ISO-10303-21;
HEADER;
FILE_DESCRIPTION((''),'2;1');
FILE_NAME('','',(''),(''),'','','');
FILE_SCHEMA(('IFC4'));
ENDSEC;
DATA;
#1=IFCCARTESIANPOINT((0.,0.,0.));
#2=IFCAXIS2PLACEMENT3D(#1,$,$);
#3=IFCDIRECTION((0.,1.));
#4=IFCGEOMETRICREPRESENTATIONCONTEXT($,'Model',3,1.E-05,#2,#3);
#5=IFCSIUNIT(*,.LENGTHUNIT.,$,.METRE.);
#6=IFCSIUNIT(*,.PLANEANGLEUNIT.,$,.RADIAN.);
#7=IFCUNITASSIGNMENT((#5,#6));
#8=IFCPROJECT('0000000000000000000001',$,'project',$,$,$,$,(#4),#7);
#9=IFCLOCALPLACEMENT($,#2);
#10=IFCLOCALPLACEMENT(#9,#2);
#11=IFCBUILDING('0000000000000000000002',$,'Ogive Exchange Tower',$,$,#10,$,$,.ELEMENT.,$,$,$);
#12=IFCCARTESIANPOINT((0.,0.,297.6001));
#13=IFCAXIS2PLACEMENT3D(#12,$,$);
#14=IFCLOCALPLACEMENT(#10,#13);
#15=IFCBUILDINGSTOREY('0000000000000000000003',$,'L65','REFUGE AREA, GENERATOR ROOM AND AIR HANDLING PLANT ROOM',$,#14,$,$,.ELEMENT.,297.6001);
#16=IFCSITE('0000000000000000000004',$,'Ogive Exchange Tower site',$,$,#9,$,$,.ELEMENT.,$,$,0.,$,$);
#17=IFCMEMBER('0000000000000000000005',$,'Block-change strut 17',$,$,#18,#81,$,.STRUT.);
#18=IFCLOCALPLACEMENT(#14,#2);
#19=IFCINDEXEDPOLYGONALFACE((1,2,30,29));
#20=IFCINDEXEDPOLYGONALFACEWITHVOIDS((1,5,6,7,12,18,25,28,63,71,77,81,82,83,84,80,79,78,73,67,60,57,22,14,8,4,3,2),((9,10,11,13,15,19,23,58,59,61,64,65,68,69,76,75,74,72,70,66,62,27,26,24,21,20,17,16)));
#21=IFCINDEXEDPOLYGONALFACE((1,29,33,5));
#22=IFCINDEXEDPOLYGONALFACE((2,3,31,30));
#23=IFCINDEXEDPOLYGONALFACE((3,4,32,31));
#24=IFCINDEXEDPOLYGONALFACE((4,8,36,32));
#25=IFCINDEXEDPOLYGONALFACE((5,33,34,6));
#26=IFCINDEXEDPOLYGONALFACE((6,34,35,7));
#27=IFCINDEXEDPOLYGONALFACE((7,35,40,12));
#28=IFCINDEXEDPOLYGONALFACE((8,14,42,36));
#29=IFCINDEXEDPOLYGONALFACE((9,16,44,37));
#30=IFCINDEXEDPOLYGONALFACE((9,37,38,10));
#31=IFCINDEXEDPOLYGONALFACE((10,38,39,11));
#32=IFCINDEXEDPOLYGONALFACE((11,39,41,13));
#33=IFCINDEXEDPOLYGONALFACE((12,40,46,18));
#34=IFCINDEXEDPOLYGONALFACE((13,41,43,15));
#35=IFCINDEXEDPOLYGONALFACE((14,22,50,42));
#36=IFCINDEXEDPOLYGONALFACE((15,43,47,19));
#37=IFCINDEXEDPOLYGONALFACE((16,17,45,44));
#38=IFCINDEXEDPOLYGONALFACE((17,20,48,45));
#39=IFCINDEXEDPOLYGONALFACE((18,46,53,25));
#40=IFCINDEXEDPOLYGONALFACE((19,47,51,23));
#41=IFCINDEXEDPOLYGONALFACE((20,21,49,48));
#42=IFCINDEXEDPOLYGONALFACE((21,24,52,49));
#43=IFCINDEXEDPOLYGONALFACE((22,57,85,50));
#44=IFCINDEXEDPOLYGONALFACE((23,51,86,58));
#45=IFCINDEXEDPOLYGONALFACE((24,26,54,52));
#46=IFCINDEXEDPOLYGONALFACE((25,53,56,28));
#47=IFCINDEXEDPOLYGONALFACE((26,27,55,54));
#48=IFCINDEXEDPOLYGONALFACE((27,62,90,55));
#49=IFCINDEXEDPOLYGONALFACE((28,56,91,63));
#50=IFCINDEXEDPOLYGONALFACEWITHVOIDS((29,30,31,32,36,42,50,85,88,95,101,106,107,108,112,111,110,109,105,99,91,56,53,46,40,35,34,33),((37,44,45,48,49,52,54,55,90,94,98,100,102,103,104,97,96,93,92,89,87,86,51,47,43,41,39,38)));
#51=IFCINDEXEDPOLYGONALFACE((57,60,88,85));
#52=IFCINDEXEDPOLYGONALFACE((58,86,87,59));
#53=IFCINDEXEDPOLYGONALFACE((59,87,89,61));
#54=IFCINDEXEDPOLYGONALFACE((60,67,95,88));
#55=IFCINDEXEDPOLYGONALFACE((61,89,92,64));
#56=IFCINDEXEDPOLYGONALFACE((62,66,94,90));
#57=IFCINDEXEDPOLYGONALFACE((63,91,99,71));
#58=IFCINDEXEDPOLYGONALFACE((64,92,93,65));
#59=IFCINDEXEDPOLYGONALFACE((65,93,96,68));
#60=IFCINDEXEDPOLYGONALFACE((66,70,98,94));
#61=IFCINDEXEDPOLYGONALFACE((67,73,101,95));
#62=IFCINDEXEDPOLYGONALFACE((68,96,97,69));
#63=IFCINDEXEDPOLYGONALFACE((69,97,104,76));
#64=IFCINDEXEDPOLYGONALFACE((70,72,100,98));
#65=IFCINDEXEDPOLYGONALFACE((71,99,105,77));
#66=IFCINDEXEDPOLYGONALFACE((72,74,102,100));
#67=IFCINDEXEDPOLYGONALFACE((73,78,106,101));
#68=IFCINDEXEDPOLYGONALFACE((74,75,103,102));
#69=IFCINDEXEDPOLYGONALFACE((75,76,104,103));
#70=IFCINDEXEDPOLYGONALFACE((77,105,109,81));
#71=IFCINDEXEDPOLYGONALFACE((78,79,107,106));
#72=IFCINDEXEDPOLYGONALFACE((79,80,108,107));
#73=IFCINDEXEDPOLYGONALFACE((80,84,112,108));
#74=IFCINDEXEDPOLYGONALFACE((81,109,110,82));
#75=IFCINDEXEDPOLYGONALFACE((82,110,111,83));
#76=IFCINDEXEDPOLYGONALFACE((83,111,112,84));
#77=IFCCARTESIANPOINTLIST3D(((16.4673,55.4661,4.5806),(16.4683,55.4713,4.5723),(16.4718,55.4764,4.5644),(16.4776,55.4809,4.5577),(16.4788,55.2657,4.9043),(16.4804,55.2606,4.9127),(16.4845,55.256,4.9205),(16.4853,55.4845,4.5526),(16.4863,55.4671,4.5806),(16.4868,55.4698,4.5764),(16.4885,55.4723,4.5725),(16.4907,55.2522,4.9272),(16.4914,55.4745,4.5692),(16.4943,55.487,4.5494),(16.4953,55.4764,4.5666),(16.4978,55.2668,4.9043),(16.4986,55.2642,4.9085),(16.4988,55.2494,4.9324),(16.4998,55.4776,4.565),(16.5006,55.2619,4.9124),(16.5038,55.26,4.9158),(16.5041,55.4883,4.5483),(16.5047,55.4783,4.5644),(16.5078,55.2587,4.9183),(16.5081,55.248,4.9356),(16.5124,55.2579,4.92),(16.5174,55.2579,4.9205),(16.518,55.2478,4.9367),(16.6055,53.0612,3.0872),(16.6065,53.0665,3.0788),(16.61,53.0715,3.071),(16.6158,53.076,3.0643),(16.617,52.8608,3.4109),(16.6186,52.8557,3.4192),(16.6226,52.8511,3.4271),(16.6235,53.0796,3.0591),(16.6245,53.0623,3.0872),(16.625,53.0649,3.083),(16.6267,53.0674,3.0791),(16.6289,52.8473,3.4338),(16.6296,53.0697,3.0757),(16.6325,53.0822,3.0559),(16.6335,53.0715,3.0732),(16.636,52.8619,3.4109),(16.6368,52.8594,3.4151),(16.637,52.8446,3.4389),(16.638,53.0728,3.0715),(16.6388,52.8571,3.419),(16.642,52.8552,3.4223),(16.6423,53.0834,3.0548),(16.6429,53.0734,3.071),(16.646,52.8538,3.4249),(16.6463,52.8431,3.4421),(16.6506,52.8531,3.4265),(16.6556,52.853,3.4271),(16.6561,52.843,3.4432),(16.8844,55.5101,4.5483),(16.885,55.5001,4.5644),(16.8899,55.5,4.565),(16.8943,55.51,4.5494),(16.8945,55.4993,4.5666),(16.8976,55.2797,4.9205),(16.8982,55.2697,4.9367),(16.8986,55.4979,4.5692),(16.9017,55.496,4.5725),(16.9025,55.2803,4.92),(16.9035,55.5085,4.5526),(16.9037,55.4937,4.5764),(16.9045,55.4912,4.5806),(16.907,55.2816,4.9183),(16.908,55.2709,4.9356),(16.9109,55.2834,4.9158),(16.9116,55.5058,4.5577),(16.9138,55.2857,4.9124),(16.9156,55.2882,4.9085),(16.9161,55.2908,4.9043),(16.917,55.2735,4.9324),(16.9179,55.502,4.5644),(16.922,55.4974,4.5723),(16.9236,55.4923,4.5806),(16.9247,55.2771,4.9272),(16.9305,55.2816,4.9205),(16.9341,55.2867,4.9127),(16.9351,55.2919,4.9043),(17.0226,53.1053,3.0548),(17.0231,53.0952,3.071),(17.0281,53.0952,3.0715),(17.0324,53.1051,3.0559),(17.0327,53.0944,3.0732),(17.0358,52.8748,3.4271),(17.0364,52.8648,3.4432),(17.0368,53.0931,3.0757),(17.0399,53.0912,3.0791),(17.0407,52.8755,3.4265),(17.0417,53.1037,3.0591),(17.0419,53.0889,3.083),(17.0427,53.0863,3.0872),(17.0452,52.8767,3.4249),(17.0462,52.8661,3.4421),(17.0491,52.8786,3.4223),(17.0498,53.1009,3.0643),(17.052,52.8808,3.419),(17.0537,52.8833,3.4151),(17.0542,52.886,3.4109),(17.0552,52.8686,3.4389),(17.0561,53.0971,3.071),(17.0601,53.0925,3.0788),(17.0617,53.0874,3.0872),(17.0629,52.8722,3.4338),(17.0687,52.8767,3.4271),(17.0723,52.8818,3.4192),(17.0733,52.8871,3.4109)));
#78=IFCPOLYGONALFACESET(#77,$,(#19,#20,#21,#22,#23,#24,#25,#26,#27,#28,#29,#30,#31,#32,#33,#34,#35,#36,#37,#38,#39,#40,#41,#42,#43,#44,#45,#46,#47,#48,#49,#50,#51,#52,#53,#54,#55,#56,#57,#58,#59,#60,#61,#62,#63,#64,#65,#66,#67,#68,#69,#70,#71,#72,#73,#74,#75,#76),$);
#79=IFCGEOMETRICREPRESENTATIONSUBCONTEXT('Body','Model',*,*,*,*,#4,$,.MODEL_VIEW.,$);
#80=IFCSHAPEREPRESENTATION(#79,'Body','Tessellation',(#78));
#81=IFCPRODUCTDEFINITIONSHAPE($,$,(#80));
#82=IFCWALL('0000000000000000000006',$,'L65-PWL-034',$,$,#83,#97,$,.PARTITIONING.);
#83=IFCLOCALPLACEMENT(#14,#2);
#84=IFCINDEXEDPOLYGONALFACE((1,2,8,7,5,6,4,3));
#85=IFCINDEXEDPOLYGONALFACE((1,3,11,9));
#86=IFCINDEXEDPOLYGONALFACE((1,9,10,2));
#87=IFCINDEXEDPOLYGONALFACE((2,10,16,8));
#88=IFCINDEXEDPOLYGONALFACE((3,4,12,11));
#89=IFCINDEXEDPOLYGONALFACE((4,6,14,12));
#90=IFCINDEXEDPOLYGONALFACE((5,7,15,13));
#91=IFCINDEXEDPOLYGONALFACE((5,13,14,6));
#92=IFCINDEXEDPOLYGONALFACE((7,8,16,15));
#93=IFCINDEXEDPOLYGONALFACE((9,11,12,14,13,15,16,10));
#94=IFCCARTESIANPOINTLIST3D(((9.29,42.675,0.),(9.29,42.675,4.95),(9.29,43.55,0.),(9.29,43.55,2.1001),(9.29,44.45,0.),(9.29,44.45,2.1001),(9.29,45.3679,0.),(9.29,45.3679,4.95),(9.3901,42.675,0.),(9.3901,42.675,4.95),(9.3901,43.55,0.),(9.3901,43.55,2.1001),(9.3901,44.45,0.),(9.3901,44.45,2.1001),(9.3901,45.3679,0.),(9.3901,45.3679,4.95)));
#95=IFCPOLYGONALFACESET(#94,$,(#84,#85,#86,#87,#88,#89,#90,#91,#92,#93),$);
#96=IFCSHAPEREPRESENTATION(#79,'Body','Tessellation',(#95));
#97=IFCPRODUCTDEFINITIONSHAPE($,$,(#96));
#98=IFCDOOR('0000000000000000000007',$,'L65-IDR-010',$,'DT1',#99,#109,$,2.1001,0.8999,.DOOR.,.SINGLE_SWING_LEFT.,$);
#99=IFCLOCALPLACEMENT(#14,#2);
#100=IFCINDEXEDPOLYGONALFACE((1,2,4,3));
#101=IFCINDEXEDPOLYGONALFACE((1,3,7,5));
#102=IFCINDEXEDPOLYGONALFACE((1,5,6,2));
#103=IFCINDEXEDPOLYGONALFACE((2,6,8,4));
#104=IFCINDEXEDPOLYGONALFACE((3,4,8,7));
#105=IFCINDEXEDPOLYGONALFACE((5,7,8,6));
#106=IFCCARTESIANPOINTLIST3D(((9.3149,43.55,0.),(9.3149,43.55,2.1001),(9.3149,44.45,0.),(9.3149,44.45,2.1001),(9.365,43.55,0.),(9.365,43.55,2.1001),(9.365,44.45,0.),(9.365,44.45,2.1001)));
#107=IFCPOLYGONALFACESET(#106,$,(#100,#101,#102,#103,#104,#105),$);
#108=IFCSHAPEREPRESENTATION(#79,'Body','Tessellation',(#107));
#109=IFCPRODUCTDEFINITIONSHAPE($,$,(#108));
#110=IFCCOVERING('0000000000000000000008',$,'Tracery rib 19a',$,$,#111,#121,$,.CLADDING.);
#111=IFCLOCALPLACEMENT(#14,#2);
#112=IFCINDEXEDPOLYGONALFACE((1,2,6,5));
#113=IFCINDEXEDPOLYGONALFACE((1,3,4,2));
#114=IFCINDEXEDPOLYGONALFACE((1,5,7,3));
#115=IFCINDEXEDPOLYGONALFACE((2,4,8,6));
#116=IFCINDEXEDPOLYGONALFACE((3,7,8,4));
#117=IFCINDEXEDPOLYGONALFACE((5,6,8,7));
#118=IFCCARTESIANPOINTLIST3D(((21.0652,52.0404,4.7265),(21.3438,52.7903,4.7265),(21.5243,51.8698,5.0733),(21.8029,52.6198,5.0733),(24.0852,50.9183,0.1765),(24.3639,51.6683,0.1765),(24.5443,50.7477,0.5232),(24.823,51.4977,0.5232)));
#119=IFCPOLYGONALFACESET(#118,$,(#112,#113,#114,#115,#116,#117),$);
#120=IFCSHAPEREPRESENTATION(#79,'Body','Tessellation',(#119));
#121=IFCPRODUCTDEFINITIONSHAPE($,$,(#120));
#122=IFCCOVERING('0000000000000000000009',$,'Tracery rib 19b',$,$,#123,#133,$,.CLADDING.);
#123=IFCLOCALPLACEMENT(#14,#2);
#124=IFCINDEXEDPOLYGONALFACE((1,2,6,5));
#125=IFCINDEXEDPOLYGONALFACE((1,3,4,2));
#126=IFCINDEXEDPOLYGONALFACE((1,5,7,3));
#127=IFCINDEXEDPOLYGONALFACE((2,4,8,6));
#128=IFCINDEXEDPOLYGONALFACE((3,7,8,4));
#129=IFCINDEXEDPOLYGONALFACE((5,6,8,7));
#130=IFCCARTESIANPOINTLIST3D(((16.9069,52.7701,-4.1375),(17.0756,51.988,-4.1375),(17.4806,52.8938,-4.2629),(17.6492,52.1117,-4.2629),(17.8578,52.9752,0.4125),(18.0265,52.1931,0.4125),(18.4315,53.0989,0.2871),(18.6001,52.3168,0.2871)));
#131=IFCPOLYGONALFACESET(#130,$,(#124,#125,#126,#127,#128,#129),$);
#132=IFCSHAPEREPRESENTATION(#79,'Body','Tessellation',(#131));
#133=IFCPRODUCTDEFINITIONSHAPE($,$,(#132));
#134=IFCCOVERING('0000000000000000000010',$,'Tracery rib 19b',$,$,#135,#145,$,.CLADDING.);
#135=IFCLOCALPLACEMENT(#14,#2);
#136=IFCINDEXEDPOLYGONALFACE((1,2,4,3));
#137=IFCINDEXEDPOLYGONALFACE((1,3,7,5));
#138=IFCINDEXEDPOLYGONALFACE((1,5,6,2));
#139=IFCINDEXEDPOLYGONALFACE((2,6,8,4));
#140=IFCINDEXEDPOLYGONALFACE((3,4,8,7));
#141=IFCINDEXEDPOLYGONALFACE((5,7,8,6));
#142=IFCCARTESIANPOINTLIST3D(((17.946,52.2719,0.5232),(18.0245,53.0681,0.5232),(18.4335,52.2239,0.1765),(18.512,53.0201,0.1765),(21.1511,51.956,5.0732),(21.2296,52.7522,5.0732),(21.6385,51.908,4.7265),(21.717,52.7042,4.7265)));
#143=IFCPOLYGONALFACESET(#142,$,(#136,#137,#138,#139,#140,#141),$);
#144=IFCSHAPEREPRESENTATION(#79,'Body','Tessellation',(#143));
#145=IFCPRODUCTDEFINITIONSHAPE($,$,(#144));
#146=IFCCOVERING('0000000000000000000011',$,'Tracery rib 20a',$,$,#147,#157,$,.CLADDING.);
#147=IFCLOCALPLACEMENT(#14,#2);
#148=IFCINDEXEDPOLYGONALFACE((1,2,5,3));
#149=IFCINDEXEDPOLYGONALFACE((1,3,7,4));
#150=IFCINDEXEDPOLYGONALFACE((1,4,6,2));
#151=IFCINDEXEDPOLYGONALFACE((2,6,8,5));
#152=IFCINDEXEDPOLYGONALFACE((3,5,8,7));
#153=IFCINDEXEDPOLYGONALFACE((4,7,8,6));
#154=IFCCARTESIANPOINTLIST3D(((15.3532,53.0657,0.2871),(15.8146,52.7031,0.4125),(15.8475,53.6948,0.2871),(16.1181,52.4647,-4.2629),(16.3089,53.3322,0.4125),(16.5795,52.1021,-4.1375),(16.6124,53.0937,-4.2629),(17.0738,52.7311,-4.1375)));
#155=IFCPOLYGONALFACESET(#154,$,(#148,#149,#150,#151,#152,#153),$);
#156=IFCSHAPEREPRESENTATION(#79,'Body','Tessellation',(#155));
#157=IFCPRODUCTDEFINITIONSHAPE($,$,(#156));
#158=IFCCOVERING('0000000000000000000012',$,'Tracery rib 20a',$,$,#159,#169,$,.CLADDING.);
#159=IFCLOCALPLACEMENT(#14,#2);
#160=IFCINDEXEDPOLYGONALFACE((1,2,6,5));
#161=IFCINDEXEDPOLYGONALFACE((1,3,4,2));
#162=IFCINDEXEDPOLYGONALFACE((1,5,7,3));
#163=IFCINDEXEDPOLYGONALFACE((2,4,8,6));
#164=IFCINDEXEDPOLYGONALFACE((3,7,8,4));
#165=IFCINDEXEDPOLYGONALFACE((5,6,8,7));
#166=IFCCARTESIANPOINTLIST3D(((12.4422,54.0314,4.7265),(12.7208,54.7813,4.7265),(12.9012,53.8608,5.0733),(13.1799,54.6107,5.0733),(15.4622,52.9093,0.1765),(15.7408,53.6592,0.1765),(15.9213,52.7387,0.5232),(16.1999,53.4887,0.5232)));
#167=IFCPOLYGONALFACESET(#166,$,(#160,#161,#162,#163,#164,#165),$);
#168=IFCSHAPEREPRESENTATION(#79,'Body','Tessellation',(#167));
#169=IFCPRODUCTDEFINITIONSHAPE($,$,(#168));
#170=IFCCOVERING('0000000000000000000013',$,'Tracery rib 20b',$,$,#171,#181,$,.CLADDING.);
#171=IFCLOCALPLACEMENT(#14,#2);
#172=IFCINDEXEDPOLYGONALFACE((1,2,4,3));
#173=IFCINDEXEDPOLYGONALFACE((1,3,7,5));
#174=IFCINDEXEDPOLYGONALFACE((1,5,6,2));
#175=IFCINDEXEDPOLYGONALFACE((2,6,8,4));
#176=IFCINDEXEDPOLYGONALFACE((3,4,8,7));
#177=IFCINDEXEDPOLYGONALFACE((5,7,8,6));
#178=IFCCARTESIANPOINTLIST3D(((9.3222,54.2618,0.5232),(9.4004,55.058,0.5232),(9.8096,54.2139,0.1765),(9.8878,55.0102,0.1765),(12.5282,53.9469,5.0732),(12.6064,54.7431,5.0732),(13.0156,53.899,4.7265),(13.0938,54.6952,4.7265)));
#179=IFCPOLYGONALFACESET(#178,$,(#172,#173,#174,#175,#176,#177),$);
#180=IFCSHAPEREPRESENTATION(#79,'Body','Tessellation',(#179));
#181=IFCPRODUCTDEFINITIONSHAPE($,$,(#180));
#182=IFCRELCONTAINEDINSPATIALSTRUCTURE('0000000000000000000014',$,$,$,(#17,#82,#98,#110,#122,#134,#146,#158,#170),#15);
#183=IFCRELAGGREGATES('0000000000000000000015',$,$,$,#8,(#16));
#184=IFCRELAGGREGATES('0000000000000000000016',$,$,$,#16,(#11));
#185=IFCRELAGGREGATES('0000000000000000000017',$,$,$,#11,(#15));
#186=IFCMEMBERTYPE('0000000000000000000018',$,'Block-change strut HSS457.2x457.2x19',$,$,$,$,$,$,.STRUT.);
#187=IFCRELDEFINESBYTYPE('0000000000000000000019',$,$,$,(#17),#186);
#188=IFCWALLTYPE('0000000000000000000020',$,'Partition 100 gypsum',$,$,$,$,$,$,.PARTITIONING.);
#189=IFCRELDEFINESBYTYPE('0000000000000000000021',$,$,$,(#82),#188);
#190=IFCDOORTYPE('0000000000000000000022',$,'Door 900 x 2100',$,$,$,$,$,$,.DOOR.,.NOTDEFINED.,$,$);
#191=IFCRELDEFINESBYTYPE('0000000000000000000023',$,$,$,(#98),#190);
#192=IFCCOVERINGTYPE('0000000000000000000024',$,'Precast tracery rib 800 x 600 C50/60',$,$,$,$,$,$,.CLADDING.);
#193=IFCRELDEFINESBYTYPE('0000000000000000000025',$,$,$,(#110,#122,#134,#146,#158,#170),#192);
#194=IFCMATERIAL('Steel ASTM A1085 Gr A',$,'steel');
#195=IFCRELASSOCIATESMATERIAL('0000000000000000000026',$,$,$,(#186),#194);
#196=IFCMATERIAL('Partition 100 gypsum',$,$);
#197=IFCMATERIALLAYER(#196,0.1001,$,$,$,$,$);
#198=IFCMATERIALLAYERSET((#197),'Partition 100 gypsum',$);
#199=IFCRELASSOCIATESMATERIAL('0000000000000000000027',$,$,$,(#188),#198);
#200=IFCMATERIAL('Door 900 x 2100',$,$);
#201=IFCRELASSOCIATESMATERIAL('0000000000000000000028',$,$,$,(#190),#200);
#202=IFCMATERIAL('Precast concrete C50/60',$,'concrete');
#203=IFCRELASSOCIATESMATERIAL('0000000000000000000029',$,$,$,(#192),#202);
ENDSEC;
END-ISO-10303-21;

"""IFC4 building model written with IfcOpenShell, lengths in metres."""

from ifc_helpers import new_model, si_unit, direction, frame, frame_2d, origin, origin_2d, place, context, subcontext, project, spatial, rectangle, hollow_rectangle, extrude, material, layer, layer_set, material_profile, profile_set, type_object, element, fill, save


model = new_model("IFC4")

# Units and contexts
model_context = context("Model", 3, precision=1e-05, world=origin(), true_north=direction((0.0, 1.0)))
body_context = subcontext(model_context, "Body", "Model", "MODEL_VIEW")
ifc_project = project(units=[si_unit("LENGTHUNIT", "METRE"), si_unit("PLANEANGLEUNIT", "RADIAN")], contexts=[model_context])

# Site, building, storey
site_placement = place(None, origin())
site = spatial("IfcSite", under=ifc_project, at=site_placement, Name="Ogive Exchange Tower site", CompositionType="ELEMENT", RefElevation=0.0)
building_placement = place(site_placement, origin())
building = spatial("IfcBuilding", under=site, at=building_placement, Name="Ogive Exchange Tower", CompositionType="ELEMENT")
storey_placement = place(building_placement, frame((0.0, 0.0, 297.6001)))
storey = spatial("IfcBuildingStorey", under=building, at=storey_placement, Name="L65", Description="REFUGE AREA, GENERATOR ROOM AND AIR HANDLING PLANT ROOM", CompositionType="ELEMENT", Elevation=297.6001)

# Shared definitions
ifc_material_1 = material(Name="Steel ASTM A1085 Gr A", Category="steel")

# Member
ifc_material_profile_1 = material_profile(ifc_material_1, hollow_rectangle(XDim=0.457, YDim=0.457, WallThickness=0.019, InnerFilletRadius=0.019, OuterFilletRadius=0.0381, at=origin_2d()), Name="HSS457.2x457.2x19")
ifc_profile_set_1 = profile_set([ifc_material_profile_1], Name="Steel ASTM A1085 Gr A")
member_type_1 = type_object("IfcMemberType", Name="Block-change strut HSS457.2x457.2x19", PredefinedType="STRUT", material=ifc_profile_set_1)
member_1_placement = place(storey_placement, frame((16.8394, 52.9741, 3.249), z_axis=(-0.048757, 0.848506, 0.526935), x_axis=(-0.998353, -0.057367, 0.0)))
element("IfcMember", 1, at=member_1_placement, inside=storey, type_object=member_type_1, Name="Block-change strut 17", PredefinedType="STRUT", context=body_context, shape_type="SweptSolid", body=[
    extrude(hollow_rectangle(XDim=0.457, YDim=0.457, WallThickness=0.019, InnerFilletRadius=0.019, OuterFilletRadius=0.0381, at=origin_2d()), origin(), (0.0, 0.0, 1.0), 2.8342),
])

# Wall, opening, door
ifc_material_2 = material(Name="Partition 100 gypsum")
ifc_layer = layer(ifc_material_2, 0.1001)
ifc_layer_set = layer_set([ifc_layer], Name="Partition 100 gypsum")
wall_type = type_object("IfcWallType", Name="Partition 100 gypsum", PredefinedType="PARTITIONING", material=ifc_layer_set)
wall_placement = place(storey_placement, frame((9.3401, 45.3679, 0.0), z_axis=(0.0, 0.0, 1.0), x_axis=(0.0, -1.0, 0.0)))
wall = element("IfcWall", 2, at=wall_placement, inside=storey, type_object=wall_type, Name="L65-PWL-034", PredefinedType="PARTITIONING", context=body_context, shape_type="SweptSolid", body=[
    extrude(rectangle(XDim=2.6929, YDim=0.1001, at=frame_2d((1.3464, 0.0))), origin(), (0.0, 0.0, 1.0), 4.95),
])
opening_placement = place(wall_placement, frame((0.918, 0.0, 0.0)))
opening = element("IfcOpeningElement", 3, at=opening_placement, cuts=wall, PredefinedType="OPENING", context=body_context, shape_type="SweptSolid", body=[
    extrude(rectangle(XDim=0.8999, YDim=2.1001, at=frame_2d((0.45, 1.05))), frame((0.0, 0.0601, 0.0), z_axis=(0.0, -1.0, 0.0), x_axis=(1.0, 0.0, 0.0)), (0.0, 0.0, 1.0), 0.1201),
])
ifc_material_3 = material(Name="Door 900 x 2100")
door_type = type_object("IfcDoorType", Name="Door 900 x 2100", OperationType="NOTDEFINED", PredefinedType="DOOR", material=ifc_material_3)
door_placement = place(opening_placement, origin())
door = element("IfcDoor", 4, at=door_placement, inside=storey, type_object=door_type, Name="L65-IDR-010", ObjectType="DT1", OperationType="SINGLE_SWING_LEFT", OverallHeight=2.1001, OverallWidth=0.8999, PredefinedType="DOOR", context=body_context, shape_type="SweptSolid", body=[
    extrude(rectangle(XDim=0.8999, YDim=2.1001, at=frame_2d((0.45, 1.05))), frame((0.0, 0.0249, 0.0), z_axis=(0.0, -1.0, 0.0), x_axis=(1.0, 0.0, 0.0)), (0.0, 0.0, 1.0), 0.05),
])
fill(opening, door)

# Coverings
ifc_material_4 = material(Name="Precast concrete C50/60", Category="concrete")
ifc_material_profile_2 = material_profile(ifc_material_4, rectangle(XDim=0.8, YDim=0.6001, at=origin_2d()), Name="RIB 800 x 600")
ifc_profile_set_2 = profile_set([ifc_material_profile_2], Name="Precast concrete C50/60")
covering_type = type_object("IfcCoveringType", Name="Precast tracery rib 800 x 600 C50/60", PredefinedType="CLADDING", material=ifc_profile_set_2)
covering_1_placement = place(storey_placement, frame((24.4541, 51.208, 0.3499), z_axis=(-0.541691, 0.201262, 0.816128), x_axis=(-0.348282, -0.93739, 0.0)))
element("IfcCovering", 5, at=covering_1_placement, inside=storey, type_object=covering_type, Name="Tracery rib 19a", PredefinedType="CLADDING", context=body_context, shape_type="SweptSolid", body=[
    extrude(rectangle(XDim=0.8, YDim=0.6001, at=origin_2d()), origin(), (0.0, 0.0, 1.0), 5.5752),
])
covering_2_placement = place(storey_placement, frame((17.2781, 52.4409, -4.2002), z_axis=(0.204374, 0.044076, 0.9779), x_axis=(-0.210814, 0.977526, 0.0)))
element("IfcCovering", 6, at=covering_2_placement, inside=storey, type_object=covering_type, Name="Tracery rib 19b", PredefinedType="CLADDING", context=body_context, shape_type="SweptSolid", body=[
    extrude(rectangle(XDim=0.8, YDim=0.6001, at=origin_2d()), origin(), (0.0, 0.0, 1.0), 4.6528),
])
covering_3_placement = place(storey_placement, frame((18.229, 52.646, 0.3499), z_axis=(0.574951, -0.056672, 0.816223), x_axis=(0.098093, 0.995177, 0.0)))
element("IfcCovering", 7, at=covering_3_placement, inside=storey, type_object=covering_type, Name="Tracery rib 19b", PredefinedType="CLADDING", context=body_context, shape_type="SweptSolid", body=[
    extrude(rectangle(XDim=0.8, YDim=0.6001, at=origin_2d()), origin(), (0.0, 0.0, 1.0), 5.5745),
])
covering_4_placement = place(storey_placement, frame((16.5959, 52.5979, -4.2002), z_axis=(-0.164391, 0.129183, 0.977899), x_axis=(-0.617877, -0.786275, 0.0)))
element("IfcCovering", 8, at=covering_4_placement, inside=storey, type_object=covering_type, Name="Tracery rib 20a", PredefinedType="CLADDING", context=body_context, shape_type="SweptSolid", body=[
    extrude(rectangle(XDim=0.8, YDim=0.6001, at=origin_2d()), origin(), (0.0, 0.0, 1.0), 4.6528),
])
covering_5_placement = place(storey_placement, frame((15.8311, 53.199, 0.3499), z_axis=(-0.541691, 0.201262, 0.816128), x_axis=(-0.348282, -0.93739, 0.0)))
element("IfcCovering", 9, at=covering_5_placement, inside=storey, type_object=covering_type, Name="Tracery rib 20a", PredefinedType="CLADDING", context=body_context, shape_type="SweptSolid", body=[
    extrude(rectangle(XDim=0.8, YDim=0.6001, at=origin_2d()), origin(), (0.0, 0.0, 1.0), 5.5752),
])
covering_6_placement = place(storey_placement, frame((9.605, 54.636, 0.3499), z_axis=(0.575074, -0.056491, 0.816148), x_axis=(0.097763, 0.99521, 0.0)))
element("IfcCovering", 10, at=covering_6_placement, inside=storey, type_object=covering_type, Name="Tracery rib 20b", PredefinedType="CLADDING", context=body_context, shape_type="SweptSolid", body=[
    extrude(rectangle(XDim=0.8, YDim=0.6001, at=origin_2d()), origin(), (0.0, 0.0, 1.0), 5.575),
])

save(model, "model.ifc")
